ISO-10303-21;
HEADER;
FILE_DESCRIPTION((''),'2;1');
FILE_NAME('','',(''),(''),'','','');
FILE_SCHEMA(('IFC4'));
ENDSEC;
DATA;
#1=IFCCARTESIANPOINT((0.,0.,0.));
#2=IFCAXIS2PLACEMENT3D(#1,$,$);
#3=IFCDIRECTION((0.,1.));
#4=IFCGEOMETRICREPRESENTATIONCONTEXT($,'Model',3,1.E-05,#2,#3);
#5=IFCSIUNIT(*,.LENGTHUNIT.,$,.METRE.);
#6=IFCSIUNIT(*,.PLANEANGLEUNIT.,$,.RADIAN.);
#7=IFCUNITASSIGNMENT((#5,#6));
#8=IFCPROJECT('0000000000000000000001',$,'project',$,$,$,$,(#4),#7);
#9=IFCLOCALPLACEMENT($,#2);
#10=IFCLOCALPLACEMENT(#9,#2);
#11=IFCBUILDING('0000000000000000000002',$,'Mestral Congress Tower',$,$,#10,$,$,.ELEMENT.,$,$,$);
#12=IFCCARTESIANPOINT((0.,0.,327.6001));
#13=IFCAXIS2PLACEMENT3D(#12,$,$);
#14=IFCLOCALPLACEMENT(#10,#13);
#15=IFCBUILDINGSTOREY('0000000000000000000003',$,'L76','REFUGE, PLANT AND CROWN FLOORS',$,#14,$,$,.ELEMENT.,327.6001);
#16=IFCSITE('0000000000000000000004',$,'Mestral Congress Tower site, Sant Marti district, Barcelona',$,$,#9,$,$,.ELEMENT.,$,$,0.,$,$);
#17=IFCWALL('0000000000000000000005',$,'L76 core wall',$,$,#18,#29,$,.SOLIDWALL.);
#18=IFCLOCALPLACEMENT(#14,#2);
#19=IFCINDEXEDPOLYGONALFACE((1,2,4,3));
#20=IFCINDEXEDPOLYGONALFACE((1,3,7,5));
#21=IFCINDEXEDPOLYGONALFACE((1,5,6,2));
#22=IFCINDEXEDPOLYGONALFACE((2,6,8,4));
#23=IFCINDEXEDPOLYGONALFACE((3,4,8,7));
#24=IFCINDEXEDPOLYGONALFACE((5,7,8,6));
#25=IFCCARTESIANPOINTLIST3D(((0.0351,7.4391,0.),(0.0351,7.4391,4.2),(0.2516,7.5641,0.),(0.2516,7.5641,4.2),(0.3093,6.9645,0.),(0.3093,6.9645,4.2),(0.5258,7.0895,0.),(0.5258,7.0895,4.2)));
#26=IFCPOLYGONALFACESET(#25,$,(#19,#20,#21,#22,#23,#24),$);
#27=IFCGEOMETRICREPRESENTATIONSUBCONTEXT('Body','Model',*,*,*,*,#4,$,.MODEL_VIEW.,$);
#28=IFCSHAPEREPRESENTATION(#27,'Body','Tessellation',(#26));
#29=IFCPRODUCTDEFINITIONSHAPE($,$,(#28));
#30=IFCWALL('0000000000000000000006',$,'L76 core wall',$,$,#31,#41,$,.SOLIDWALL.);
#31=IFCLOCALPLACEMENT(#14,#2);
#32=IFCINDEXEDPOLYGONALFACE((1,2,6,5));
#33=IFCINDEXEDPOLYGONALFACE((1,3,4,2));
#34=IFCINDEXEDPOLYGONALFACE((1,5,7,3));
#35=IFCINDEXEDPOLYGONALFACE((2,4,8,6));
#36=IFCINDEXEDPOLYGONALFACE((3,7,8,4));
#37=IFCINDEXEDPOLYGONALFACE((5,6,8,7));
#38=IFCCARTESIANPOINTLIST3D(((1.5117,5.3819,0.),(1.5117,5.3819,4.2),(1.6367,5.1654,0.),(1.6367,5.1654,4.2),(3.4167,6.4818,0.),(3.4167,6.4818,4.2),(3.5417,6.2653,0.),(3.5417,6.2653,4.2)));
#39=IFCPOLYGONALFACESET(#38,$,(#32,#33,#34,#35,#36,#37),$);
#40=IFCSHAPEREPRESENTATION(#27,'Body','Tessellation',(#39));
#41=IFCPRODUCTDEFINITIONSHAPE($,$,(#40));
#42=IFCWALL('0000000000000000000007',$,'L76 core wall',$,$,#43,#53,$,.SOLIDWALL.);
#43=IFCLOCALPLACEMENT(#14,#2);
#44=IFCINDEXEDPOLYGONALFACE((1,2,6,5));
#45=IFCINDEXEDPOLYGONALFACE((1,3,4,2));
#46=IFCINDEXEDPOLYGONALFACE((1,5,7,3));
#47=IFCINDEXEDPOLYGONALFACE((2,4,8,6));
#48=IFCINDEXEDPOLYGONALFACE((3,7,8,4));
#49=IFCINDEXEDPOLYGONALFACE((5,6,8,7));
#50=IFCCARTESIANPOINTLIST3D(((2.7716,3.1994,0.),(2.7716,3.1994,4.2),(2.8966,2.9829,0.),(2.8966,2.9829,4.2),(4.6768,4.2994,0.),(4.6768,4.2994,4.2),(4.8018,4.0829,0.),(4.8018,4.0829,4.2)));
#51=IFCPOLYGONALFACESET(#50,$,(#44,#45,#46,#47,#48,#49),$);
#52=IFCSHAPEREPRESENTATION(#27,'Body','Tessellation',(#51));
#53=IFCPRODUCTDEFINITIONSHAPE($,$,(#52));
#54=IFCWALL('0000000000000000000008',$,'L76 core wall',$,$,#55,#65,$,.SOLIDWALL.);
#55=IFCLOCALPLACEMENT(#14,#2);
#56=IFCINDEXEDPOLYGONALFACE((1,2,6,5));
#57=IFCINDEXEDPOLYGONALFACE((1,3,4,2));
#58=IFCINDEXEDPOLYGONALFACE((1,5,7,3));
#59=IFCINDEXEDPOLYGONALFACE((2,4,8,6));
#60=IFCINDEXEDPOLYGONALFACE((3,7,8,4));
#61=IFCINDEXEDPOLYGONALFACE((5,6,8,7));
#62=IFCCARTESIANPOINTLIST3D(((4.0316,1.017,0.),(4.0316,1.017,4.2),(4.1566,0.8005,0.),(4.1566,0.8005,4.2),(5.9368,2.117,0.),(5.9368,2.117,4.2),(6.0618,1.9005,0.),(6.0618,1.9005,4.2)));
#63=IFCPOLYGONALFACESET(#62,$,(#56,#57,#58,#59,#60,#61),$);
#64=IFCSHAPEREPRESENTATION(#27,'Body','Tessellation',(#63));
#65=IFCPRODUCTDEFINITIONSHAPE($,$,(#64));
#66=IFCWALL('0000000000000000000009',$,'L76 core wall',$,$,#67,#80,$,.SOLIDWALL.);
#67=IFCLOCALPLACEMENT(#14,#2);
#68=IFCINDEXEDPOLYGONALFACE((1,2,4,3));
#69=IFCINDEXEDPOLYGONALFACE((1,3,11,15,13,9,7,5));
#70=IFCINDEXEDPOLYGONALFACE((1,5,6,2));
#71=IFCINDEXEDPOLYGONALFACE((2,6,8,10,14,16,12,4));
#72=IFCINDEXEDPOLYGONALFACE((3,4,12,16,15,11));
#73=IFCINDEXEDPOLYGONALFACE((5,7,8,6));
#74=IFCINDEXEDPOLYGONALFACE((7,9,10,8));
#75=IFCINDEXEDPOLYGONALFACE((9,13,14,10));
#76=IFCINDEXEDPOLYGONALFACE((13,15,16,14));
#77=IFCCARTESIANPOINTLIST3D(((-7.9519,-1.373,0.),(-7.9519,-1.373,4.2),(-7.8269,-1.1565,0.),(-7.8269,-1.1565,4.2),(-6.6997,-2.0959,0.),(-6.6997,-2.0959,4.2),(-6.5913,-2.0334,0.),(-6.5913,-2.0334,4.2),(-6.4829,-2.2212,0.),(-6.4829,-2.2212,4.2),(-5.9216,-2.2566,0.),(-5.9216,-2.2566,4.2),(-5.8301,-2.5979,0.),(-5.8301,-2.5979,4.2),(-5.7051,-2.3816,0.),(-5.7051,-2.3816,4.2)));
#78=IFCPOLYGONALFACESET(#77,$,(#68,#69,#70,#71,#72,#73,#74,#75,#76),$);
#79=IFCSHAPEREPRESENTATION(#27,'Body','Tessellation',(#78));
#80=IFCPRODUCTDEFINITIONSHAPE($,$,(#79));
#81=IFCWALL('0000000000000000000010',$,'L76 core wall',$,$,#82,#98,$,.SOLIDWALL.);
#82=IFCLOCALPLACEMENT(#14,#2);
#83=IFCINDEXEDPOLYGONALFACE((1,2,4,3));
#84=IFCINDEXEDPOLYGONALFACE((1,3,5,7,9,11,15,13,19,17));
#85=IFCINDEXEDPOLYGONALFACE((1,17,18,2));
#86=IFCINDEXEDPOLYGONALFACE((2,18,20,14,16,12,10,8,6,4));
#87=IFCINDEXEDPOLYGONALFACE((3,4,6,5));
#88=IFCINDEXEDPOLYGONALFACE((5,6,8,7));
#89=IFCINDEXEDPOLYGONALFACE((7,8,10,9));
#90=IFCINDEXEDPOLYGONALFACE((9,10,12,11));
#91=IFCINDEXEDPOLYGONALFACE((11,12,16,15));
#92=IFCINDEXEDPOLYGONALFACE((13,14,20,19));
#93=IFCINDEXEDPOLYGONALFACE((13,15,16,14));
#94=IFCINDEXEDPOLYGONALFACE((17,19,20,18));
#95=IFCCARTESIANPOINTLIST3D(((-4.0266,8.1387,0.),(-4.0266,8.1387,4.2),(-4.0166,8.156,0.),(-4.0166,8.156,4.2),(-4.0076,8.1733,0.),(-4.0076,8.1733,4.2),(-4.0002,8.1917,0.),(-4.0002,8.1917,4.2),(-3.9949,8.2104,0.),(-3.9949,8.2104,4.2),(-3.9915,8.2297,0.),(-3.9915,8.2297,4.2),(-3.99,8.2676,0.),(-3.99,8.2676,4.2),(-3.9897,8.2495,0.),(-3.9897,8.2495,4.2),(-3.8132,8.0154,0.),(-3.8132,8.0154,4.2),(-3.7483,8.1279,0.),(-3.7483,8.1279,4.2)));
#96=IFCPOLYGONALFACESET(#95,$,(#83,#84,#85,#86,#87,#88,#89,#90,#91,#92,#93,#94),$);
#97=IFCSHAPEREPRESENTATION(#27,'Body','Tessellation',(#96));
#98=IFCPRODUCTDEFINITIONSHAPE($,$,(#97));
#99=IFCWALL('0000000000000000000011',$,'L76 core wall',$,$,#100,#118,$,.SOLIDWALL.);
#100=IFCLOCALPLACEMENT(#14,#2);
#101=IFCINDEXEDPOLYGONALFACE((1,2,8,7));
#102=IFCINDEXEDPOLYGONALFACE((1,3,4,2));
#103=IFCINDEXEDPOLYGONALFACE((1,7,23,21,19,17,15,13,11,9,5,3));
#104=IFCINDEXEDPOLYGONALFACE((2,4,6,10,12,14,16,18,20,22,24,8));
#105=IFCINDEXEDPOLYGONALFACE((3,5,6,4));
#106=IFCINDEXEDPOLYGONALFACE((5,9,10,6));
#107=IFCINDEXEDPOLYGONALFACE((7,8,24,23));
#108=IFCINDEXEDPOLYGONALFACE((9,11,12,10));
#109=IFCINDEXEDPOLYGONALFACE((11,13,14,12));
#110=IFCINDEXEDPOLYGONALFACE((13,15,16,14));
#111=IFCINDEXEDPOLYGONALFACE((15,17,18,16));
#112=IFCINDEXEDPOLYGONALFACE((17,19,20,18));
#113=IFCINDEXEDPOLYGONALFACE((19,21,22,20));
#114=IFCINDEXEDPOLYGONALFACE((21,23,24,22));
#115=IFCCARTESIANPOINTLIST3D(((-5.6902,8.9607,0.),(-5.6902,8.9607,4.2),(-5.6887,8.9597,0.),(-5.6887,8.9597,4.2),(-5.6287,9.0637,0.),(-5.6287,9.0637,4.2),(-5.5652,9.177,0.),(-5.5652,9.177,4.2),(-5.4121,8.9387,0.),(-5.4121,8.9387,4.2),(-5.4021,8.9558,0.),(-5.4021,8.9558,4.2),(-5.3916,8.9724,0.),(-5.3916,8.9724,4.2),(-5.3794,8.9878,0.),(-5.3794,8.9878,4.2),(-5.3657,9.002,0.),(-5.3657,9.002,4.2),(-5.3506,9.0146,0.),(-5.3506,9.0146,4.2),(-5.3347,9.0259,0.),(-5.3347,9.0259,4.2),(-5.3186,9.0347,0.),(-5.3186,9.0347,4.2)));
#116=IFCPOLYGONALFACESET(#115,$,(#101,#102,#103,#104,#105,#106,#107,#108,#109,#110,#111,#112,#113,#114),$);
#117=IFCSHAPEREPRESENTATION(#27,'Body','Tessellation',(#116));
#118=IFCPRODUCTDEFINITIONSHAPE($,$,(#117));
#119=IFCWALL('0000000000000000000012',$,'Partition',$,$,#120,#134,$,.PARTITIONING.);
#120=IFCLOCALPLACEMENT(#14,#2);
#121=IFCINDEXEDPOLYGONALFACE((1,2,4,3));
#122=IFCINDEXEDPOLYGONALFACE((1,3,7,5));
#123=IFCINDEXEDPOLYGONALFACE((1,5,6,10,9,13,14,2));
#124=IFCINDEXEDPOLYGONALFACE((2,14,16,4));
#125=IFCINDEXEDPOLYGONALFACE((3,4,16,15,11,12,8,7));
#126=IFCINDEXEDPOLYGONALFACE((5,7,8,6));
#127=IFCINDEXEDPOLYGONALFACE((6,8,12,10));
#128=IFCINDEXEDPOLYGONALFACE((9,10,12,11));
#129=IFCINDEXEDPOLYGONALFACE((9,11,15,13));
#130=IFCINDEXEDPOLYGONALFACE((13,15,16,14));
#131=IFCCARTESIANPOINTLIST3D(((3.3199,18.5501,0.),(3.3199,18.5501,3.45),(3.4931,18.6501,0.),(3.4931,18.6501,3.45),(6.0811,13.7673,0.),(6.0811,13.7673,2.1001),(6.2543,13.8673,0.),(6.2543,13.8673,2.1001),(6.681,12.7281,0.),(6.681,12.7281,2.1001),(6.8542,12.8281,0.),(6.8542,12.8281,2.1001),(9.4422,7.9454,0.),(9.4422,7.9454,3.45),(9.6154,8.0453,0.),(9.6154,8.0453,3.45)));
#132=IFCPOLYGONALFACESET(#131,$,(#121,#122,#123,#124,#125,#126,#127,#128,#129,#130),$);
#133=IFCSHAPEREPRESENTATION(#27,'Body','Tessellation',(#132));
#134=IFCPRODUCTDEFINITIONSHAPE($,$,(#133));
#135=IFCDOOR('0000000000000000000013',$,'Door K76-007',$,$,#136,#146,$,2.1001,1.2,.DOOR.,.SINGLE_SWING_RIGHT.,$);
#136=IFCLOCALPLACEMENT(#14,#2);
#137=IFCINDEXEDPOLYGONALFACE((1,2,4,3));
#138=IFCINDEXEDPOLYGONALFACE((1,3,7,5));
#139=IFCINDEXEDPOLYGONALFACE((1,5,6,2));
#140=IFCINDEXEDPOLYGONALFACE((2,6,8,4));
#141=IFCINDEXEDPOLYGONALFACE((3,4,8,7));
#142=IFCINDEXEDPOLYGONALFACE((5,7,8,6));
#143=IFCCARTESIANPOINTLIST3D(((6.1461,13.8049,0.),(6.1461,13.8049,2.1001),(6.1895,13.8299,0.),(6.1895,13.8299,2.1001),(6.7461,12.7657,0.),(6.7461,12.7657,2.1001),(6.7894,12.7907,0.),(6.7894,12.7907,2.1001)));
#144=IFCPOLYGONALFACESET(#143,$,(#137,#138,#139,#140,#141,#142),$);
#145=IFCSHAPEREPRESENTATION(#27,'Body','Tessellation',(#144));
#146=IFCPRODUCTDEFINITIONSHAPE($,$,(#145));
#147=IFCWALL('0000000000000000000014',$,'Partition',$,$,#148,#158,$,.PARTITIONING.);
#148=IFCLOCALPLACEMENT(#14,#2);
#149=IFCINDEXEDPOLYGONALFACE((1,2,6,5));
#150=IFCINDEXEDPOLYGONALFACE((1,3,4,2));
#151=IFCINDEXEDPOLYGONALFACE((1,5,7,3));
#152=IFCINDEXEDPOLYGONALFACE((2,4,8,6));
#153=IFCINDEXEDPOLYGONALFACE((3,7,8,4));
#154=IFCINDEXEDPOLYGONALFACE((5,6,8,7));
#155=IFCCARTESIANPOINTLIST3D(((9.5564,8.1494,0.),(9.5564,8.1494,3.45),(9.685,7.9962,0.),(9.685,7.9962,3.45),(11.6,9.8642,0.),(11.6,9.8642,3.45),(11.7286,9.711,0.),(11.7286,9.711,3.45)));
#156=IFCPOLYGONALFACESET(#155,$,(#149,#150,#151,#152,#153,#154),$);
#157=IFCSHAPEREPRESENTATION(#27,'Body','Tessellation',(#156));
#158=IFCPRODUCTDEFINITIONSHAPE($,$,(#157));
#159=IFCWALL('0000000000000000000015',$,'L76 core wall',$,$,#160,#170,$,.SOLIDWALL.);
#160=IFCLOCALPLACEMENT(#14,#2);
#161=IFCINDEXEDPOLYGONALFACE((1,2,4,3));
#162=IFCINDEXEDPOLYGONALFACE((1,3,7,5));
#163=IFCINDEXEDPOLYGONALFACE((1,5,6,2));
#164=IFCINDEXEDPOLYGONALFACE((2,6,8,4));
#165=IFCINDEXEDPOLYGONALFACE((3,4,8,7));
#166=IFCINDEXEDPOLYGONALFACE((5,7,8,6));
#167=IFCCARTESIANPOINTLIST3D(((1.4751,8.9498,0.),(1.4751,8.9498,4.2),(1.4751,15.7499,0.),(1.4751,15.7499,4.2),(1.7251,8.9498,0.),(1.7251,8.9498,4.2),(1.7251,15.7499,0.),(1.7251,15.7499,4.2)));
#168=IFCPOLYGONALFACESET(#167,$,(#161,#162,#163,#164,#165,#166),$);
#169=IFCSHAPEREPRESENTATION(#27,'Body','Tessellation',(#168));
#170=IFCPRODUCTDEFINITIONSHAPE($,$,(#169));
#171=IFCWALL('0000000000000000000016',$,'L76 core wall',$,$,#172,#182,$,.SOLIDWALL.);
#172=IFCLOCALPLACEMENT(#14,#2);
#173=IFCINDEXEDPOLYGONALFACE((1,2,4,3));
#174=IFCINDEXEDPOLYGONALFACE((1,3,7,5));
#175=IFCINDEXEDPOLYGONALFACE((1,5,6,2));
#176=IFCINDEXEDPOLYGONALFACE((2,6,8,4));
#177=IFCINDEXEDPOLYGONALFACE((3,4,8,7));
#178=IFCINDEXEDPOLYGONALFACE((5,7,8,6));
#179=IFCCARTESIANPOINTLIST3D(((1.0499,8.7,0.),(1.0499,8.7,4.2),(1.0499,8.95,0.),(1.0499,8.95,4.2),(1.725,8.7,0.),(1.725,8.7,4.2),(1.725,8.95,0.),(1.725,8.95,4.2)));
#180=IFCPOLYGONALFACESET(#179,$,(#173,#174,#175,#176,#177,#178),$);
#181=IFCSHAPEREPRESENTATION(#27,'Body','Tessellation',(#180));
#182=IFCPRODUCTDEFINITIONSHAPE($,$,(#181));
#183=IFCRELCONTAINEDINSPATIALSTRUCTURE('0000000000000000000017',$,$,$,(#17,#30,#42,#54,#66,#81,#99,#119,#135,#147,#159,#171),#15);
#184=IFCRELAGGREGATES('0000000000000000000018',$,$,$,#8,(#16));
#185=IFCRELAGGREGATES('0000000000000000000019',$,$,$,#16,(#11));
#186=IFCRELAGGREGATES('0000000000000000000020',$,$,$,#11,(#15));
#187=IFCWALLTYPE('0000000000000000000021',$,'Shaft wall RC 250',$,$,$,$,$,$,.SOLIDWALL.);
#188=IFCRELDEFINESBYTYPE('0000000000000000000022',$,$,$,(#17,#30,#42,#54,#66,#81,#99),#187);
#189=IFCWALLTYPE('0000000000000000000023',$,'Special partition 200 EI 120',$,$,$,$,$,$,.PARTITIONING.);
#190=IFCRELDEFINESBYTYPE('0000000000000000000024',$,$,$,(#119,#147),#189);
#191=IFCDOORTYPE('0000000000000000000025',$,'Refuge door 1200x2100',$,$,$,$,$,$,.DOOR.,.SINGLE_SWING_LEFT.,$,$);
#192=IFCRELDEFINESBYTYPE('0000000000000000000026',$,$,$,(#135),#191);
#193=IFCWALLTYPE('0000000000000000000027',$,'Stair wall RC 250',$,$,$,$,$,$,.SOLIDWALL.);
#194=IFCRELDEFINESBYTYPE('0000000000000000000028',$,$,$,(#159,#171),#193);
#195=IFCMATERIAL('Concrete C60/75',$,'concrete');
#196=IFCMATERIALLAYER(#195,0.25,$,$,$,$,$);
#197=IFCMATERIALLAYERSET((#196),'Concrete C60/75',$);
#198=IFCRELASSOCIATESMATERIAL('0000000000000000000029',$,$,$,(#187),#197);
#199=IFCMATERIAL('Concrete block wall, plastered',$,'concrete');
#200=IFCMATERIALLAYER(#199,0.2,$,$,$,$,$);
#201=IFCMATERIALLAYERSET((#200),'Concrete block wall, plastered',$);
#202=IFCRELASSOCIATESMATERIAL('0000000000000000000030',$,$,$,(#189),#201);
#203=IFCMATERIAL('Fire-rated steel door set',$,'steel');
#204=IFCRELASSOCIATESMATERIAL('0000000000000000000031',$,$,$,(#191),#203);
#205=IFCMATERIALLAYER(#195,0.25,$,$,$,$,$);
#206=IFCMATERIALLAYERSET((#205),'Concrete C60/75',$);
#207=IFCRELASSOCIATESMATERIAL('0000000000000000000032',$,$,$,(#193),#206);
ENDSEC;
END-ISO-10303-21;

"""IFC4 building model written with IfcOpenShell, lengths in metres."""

from ifc_helpers import new_model, si_unit, direction, frame, frame_2d, origin, place, context, subcontext, project, spatial, polyline, rectangle, outline, extrude, material, layer, layer_set, type_object, element, fill, save


model = new_model("IFC4")

# Units and contexts
model_context = context("Model", 3, precision=1e-05, world=origin(), true_north=direction((0.0, 1.0)))
body_context = subcontext(model_context, "Body", "Model", "MODEL_VIEW")
ifc_project = project(units=[si_unit("LENGTHUNIT", "METRE"), si_unit("PLANEANGLEUNIT", "RADIAN")], contexts=[model_context])

# Site, building, storey
site_placement = place(None, origin())
site = spatial("IfcSite", under=ifc_project, at=site_placement, Name="Mestral Congress Tower site, Sant Marti district, Barcelona", CompositionType="ELEMENT", RefElevation=0.0)
building_placement = place(site_placement, origin())
building = spatial("IfcBuilding", under=site, at=building_placement, Name="Mestral Congress Tower", CompositionType="ELEMENT")
storey_placement = place(building_placement, frame((0.0, 0.0, 327.6001)))
storey = spatial("IfcBuildingStorey", under=building, at=storey_placement, Name="L76", Description="REFUGE, PLANT AND CROWN FLOORS", CompositionType="ELEMENT", Elevation=327.6001)

# Shared definitions
ifc_material_1 = material(Name="Fire-rated steel door set", Category="steel")

# Shared definitions
ifc_material_2 = material(Name="Concrete C60/75", Category="concrete")
placement = place(storey_placement, origin())

# Walls
ifc_layer_1 = layer(ifc_material_2, 0.25)
ifc_layer_set_1 = layer_set([ifc_layer_1], Name="Concrete C60/75")
wall_type_1 = type_object("IfcWallType", Name="Shaft wall RC 250", PredefinedType="SOLIDWALL", material=ifc_layer_set_1)
wall_1_placement = place(storey_placement, frame((0.4175, 7.0271, 0.0), z_axis=(0.0, 0.0, 1.0), x_axis=(-0.500211, 0.865904, 0.0)))
element("IfcWall", 1, at=wall_1_placement, inside=storey, type_object=wall_type_1, Name="L76 core wall", PredefinedType="SOLIDWALL", context=body_context, shape_type="SweptSolid", body=[
    extrude(rectangle(XDim=0.5481, YDim=0.25, at=frame_2d((0.2739, 0.0))), origin(), (0.0, 0.0, 1.0), 4.2),
])
wall_2_placement = place(storey_placement, frame((1.5742, 5.2737, 0.0), z_axis=(0.0, 0.0, 1.0), x_axis=(0.866028, 0.499995, 0.0)))
element("IfcWall", 2, at=wall_2_placement, inside=storey, type_object=wall_type_1, Name="L76 core wall", PredefinedType="SOLIDWALL", context=body_context, shape_type="SweptSolid", body=[
    extrude(rectangle(XDim=2.1997, YDim=0.25, at=frame_2d((1.0999, 0.0))), origin(), (0.0, 0.0, 1.0), 4.2),
])
for number, where, z_axis, x_axis, name in (
    (3, (2.834, 3.0911, 0.0), (0.0, 0.0, 1.0), (0.866008, 0.50003, 0.0), "L76 core wall"),
    (4, (4.094, 0.9087, 0.0), (0.0, 0.0, 1.0), (0.866008, 0.50003, 0.0), "L76 core wall"),
):
    element("IfcWall", number, at=place(storey_placement, frame(where, z_axis=z_axis, x_axis=x_axis)), inside=storey, type_object=wall_type_1, Name=name, PredefinedType="SOLIDWALL", context=body_context, shape_type="SweptSolid", body=[
        extrude(rectangle(XDim=2.2, YDim=0.25, at=frame_2d((1.1001, 0.0))), origin(), (0.0, 0.0, 1.0), 4.2),
    ])
element("IfcWall", 5, at=placement, inside=storey, type_object=wall_type_1, Name="L76 core wall", PredefinedType="SOLIDWALL", context=body_context, shape_type="SweptSolid", body=[
    extrude(outline(polyline([(-5.9216, -2.2566), (-5.9216, -2.2566), (-5.7051, -2.3816), (-5.8301, -2.5979), (-6.4829, -2.2212), (-6.5913, -2.0334), (-6.5913, -2.0334), (-6.6997, -2.0959), (-7.9519, -1.373), (-7.8269, -1.1565), (-5.9216, -2.2566)])), origin(), (0.0, 0.0, 1.0), 4.2),
])
element("IfcWall", 6, at=placement, inside=storey, type_object=wall_type_1, Name="L76 core wall", PredefinedType="SOLIDWALL", context=body_context, shape_type="SweptSolid", body=[
    extrude(outline(polyline([(-3.7483, 8.1279), (-3.8132, 8.0154), (-4.0266, 8.1387), (-4.0166, 8.156), (-4.0076, 8.1733), (-4.0002, 8.1917), (-3.9949, 8.2104), (-3.9915, 8.2297), (-3.9897, 8.2495), (-3.99, 8.2676), (-3.7483, 8.1279)])), origin(), (0.0, 0.0, 1.0), 4.2),
])
element("IfcWall", 7, at=placement, inside=storey, type_object=wall_type_1, Name="L76 core wall", PredefinedType="SOLIDWALL", context=body_context, shape_type="SweptSolid", body=[
    extrude(outline(polyline([(-5.6887, 8.9597), (-5.6902, 8.9607), (-5.5652, 9.177), (-5.3186, 9.0347), (-5.3347, 9.0259), (-5.3506, 9.0146), (-5.3657, 9.002), (-5.3794, 8.9878), (-5.3916, 8.9724), (-5.4021, 8.9558), (-5.4121, 8.9387), (-5.6287, 9.0637), (-5.6287, 9.0637), (-5.6887, 8.9597)])), origin(), (0.0, 0.0, 1.0), 4.2),
])

# Wall, opening, door
ifc_material_3 = material(Name="Concrete block wall, plastered", Category="concrete")
ifc_layer_2 = layer(ifc_material_3, 0.2)
ifc_layer_set_2 = layer_set([ifc_layer_2], Name="Concrete block wall, plastered")
wall_type_2 = type_object("IfcWallType", Name="Special partition 200 EI 120", PredefinedType="PARTITIONING", material=ifc_layer_set_2)
wall_3_placement = place(storey_placement, frame((9.5288, 7.9954, 0.0), z_axis=(0.0, 0.0, 1.0), x_axis=(-0.49998, 0.866037, 0.0)))
wall_3 = element("IfcWall", 8, at=wall_3_placement, inside=storey, type_object=wall_type_2, Name="Partition", PredefinedType="PARTITIONING", context=body_context, shape_type="SweptSolid", body=[
    extrude(rectangle(XDim=12.2451, YDim=0.2, at=frame_2d((6.1226, 0.0))), origin(), (0.0, 0.0, 1.0), 3.45),
])
opening_1_placement = place(wall_3_placement, frame((5.5225, 0.0, 0.0)))
opening_1 = element("IfcOpeningElement", 9, at=opening_1_placement, cuts=wall_3, PredefinedType="OPENING", context=body_context, shape_type="SweptSolid", body=[
    extrude(rectangle(XDim=1.2, YDim=2.1001, at=frame_2d((0.6001, 1.05))), frame((0.0, 0.1099, 0.0), z_axis=(0.0, -1.0, 0.0), x_axis=(1.0, 0.0, 0.0)), (0.0, 0.0, 1.0), 0.22),
])
door_type_1 = type_object("IfcDoorType", Name="Refuge door 1200x2100", OperationType="SINGLE_SWING_LEFT", PredefinedType="DOOR", material=ifc_material_1)
door_1_placement = place(opening_1_placement, origin())
door_1 = element("IfcDoor", 10, at=door_1_placement, inside=storey, type_object=door_type_1, Name="Door K76-007", OperationType="SINGLE_SWING_RIGHT", OverallHeight=2.1001, OverallWidth=1.2, PredefinedType="DOOR", context=body_context, shape_type="SweptSolid", body=[
    extrude(rectangle(XDim=1.2, YDim=2.1001, at=frame_2d((0.6001, 1.05))), frame((0.0, 0.0249, 0.0), z_axis=(0.0, -1.0, 0.0), x_axis=(1.0, 0.0, 0.0)), (0.0, 0.0, 1.0), 0.05),
])
fill(opening_1, door_1)

# Walls
wall_4_placement = place(storey_placement, frame((9.6206, 8.0728, 0.0), z_axis=(0.0, 0.0, 1.0), x_axis=(0.766049, 0.642782, 0.0)))
element("IfcWall", 11, at=wall_4_placement, inside=storey, type_object=wall_type_2, Name="Partition", PredefinedType="PARTITIONING", context=body_context, shape_type="SweptSolid", body=[
    extrude(rectangle(XDim=2.6677, YDim=0.2, at=frame_2d((1.334, 0.0))), origin(), (0.0, 0.0, 1.0), 3.45),
])
ifc_layer_3 = layer(ifc_material_2, 0.25)
ifc_layer_set_3 = layer_set([ifc_layer_3], Name="Concrete C60/75")
wall_type_3 = type_object("IfcWallType", Name="Stair wall RC 250", PredefinedType="SOLIDWALL", material=ifc_layer_set_3)
wall_5_placement = place(storey_placement, frame((1.6001, 8.95, 0.0), z_axis=(0.0, 0.0, 1.0), x_axis=(0.0, 1.0, 0.0)))
element("IfcWall", 12, at=wall_5_placement, inside=storey, type_object=wall_type_3, Name="L76 core wall", PredefinedType="SOLIDWALL", context=body_context, shape_type="SweptSolid", body=[
    extrude(rectangle(XDim=6.8, YDim=0.25, at=frame_2d((3.3999, 0.0))), origin(), (0.0, 0.0, 1.0), 4.2),
])
wall_6_placement = place(storey_placement, frame((1.05, 8.825, 0.0), z_axis=(0.0, 0.0, 1.0), x_axis=(1.0, 0.0, 0.0)))
element("IfcWall", 13, at=wall_6_placement, inside=storey, type_object=wall_type_3, Name="L76 core wall", PredefinedType="SOLIDWALL", context=body_context, shape_type="SweptSolid", body=[
    extrude(rectangle(XDim=0.675, YDim=0.25, at=frame_2d((0.3374, 0.0))), origin(), (0.0, 0.0, 1.0), 4.2),
])

save(model, "model.ifc")
